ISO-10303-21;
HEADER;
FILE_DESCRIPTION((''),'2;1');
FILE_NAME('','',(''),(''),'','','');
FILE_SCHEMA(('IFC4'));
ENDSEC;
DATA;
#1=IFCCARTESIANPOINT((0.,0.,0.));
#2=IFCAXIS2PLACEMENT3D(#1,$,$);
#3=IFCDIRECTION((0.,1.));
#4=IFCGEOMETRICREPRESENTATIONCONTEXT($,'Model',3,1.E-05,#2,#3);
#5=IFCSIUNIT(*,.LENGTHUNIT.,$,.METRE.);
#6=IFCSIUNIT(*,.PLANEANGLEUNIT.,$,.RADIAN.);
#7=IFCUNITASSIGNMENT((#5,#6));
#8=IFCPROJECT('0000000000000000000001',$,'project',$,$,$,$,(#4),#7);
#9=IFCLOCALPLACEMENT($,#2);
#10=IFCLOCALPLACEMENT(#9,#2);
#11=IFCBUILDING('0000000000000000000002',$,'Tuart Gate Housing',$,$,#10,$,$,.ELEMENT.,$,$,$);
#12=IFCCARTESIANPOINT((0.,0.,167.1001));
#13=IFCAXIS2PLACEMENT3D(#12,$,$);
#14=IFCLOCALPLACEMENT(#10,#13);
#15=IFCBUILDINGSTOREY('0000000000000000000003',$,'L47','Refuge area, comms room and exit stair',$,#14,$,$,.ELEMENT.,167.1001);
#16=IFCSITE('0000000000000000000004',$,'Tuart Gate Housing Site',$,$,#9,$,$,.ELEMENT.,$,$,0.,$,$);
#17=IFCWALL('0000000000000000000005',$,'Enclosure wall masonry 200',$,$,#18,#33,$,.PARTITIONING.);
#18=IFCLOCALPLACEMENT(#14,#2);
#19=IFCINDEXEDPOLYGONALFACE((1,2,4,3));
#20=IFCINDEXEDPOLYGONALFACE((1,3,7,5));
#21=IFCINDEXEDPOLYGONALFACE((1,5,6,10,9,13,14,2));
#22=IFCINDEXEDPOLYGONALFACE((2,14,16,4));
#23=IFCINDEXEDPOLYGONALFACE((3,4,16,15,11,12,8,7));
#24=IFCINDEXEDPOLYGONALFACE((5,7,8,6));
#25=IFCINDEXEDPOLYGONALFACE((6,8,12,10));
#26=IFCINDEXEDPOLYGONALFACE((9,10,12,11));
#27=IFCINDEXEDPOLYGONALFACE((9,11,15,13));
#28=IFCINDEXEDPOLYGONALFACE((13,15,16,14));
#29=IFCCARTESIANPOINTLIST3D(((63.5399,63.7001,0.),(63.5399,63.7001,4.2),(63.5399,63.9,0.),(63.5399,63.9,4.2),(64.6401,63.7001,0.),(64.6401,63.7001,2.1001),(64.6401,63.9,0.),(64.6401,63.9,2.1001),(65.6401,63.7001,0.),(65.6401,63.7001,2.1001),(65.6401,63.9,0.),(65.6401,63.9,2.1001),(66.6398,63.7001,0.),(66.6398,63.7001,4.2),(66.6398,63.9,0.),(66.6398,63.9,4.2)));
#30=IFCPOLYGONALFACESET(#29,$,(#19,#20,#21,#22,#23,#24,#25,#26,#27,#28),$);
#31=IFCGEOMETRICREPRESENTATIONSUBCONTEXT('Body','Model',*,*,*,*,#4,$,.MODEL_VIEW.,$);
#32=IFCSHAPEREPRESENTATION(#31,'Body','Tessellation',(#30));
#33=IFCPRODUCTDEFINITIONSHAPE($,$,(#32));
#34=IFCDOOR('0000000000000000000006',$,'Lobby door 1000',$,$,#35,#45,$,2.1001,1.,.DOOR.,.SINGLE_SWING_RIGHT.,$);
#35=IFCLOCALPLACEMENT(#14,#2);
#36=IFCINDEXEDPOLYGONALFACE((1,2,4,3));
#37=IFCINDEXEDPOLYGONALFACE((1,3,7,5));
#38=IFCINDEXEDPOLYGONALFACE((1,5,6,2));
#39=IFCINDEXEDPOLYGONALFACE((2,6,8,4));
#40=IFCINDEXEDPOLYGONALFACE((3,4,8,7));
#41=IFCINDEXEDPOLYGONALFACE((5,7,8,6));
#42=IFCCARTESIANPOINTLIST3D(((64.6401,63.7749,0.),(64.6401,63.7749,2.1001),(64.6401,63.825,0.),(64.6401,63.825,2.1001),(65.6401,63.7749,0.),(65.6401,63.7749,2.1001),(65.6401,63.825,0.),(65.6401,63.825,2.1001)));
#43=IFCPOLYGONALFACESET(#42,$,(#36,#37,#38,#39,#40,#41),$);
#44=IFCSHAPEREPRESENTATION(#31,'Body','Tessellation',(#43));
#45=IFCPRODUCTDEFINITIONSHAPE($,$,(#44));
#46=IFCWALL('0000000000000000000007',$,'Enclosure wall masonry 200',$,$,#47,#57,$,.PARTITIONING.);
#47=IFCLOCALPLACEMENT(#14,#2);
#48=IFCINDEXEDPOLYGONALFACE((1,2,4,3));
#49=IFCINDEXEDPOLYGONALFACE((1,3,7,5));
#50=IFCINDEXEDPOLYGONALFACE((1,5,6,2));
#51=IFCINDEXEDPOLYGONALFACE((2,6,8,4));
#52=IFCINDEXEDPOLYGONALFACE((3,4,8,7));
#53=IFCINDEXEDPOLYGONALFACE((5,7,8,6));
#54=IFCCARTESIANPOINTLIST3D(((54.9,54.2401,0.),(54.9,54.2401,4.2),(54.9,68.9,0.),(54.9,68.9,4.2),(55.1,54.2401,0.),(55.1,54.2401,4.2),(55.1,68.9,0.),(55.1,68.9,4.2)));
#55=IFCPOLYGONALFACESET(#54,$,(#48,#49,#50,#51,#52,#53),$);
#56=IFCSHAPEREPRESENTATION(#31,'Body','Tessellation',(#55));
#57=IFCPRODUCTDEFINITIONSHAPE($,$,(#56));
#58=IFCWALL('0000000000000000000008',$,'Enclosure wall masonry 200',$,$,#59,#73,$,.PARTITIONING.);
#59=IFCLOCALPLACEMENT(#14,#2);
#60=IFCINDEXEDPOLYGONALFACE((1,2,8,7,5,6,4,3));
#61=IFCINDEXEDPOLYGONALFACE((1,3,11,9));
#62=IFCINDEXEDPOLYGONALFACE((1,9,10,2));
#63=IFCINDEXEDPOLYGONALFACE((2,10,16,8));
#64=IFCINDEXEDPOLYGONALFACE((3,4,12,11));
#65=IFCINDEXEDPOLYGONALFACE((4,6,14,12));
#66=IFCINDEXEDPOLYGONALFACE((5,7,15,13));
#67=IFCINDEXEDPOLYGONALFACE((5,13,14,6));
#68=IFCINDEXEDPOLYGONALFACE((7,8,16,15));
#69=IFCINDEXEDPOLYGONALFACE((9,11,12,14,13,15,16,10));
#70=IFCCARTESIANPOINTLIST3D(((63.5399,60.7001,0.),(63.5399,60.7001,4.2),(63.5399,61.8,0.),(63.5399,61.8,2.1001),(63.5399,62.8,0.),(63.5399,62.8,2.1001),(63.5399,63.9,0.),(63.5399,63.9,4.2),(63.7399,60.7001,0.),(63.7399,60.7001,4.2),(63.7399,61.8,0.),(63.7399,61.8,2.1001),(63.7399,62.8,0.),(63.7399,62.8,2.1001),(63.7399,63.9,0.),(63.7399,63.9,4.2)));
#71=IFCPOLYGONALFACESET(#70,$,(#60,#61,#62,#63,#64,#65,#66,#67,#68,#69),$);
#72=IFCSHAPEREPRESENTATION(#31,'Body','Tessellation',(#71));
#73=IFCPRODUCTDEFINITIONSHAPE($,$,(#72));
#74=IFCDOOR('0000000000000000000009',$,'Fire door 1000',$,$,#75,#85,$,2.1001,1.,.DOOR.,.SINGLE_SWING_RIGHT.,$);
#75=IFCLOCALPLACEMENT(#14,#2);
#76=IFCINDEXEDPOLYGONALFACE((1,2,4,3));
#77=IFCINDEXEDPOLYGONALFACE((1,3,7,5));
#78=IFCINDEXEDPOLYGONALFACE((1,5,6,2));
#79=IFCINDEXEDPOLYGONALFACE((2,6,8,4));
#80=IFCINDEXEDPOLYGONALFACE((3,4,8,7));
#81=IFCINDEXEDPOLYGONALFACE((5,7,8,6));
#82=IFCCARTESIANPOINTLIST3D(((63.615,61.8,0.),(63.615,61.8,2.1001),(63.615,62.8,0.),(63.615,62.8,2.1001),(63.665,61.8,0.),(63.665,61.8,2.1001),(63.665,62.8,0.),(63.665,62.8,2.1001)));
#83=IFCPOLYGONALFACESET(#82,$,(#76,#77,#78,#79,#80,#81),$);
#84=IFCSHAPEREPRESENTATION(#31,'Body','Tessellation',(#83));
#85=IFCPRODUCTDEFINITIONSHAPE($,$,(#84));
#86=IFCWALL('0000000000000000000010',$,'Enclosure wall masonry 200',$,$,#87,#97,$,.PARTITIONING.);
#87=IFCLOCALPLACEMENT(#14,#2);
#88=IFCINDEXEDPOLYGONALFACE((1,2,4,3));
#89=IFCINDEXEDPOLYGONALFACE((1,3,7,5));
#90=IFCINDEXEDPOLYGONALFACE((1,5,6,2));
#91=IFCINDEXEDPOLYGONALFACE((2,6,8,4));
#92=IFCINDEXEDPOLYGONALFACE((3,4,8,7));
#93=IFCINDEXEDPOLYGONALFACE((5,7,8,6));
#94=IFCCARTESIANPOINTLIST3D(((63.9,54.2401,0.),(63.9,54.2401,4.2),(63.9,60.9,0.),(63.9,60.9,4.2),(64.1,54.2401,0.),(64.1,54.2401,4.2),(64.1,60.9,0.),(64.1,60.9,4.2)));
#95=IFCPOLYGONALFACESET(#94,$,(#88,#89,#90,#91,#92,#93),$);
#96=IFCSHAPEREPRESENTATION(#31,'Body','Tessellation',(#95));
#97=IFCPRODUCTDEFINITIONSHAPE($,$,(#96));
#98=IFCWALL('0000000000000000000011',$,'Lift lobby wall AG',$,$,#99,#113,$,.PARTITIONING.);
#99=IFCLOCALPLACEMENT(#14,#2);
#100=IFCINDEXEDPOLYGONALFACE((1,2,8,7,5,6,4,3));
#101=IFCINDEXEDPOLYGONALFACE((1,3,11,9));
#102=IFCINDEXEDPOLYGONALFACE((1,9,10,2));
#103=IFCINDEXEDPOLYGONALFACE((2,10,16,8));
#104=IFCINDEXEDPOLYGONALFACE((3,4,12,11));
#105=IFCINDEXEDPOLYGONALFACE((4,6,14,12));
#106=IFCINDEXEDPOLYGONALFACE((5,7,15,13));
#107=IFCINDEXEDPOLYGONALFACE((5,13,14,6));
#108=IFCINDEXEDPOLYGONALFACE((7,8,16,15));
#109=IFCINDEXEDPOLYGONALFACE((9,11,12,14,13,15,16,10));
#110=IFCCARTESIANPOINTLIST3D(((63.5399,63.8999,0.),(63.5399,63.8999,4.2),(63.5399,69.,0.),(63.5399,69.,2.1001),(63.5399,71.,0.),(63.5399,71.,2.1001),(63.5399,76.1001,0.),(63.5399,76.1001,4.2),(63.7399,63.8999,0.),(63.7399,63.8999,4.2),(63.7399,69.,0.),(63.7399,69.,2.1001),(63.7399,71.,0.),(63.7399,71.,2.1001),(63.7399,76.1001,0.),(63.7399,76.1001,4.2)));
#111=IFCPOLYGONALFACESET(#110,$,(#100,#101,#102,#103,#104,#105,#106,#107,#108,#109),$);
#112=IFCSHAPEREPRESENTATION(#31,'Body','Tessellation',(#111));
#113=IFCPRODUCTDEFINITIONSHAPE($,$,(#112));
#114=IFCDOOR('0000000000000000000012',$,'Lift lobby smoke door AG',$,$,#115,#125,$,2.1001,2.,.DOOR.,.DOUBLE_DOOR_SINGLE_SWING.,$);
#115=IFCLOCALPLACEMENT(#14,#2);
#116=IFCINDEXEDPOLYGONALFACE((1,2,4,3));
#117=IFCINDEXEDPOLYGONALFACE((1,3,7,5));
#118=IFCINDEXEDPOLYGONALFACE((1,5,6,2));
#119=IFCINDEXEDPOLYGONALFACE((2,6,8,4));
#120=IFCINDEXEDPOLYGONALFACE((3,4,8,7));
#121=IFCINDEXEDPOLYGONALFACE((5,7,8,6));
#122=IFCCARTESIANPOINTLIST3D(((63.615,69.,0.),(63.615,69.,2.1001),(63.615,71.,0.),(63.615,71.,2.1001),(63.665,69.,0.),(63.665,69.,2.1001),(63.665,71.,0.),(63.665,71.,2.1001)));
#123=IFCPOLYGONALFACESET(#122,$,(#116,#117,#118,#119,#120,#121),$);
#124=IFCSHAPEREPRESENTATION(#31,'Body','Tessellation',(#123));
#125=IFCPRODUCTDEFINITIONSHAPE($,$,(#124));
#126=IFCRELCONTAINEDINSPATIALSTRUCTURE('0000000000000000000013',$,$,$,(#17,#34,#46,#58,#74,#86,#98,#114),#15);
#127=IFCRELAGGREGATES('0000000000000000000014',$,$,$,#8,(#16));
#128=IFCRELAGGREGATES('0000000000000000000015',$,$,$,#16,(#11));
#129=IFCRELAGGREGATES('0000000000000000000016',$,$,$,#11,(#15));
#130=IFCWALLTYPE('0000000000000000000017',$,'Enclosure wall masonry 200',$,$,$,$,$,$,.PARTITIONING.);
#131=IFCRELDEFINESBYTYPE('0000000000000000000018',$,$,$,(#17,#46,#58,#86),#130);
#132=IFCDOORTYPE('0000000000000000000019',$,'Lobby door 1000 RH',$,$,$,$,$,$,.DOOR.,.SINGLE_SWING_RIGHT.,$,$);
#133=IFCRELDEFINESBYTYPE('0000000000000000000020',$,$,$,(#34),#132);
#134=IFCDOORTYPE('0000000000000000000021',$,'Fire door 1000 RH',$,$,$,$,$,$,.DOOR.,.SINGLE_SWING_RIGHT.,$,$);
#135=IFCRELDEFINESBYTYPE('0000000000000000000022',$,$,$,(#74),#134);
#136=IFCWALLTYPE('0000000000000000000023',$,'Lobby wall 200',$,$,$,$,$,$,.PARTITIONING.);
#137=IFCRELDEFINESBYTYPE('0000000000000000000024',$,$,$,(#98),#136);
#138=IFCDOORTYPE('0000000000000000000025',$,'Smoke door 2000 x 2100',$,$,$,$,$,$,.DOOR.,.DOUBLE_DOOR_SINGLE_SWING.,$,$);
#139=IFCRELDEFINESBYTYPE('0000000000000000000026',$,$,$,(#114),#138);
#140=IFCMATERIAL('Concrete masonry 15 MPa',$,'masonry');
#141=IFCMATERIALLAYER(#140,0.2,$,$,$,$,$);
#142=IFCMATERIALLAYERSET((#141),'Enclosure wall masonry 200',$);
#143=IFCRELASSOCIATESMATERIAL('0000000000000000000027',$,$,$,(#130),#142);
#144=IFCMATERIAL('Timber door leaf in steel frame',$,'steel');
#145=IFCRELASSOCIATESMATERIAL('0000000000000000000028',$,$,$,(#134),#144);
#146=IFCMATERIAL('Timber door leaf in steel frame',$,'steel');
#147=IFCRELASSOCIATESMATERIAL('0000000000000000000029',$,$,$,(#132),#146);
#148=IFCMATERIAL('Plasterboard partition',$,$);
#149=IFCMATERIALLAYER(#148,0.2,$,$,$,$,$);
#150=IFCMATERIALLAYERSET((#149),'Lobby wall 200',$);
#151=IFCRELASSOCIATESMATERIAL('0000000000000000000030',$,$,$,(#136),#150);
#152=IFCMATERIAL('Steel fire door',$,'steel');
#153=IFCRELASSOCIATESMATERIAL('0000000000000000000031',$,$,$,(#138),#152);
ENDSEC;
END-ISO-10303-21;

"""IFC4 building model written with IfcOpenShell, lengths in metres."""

from ifc_helpers import new_model, si_unit, direction, frame, frame_2d, origin, place, context, subcontext, project, spatial, rectangle, extrude, material, layer, layer_set, type_object, element, fill, save


model = new_model("IFC4")

# Units and contexts
model_context = context("Model", 3, precision=1e-05, world=origin(), true_north=direction((0.0, 1.0)))
body_context = subcontext(model_context, "Body", "Model", "MODEL_VIEW")
ifc_project = project(units=[si_unit("LENGTHUNIT", "METRE"), si_unit("PLANEANGLEUNIT", "RADIAN")], contexts=[model_context])

# Site, building, storey
site_placement = place(None, origin())
site = spatial("IfcSite", under=ifc_project, at=site_placement, Name="Tuart Gate Housing Site", CompositionType="ELEMENT", RefElevation=0.0)
building_placement = place(site_placement, origin())
building = spatial("IfcBuilding", under=site, at=building_placement, Name="Tuart Gate Housing", CompositionType="ELEMENT")
storey_placement = place(building_placement, frame((0.0, 0.0, 167.1001)))
storey = spatial("IfcBuildingStorey", under=building, at=storey_placement, Name="L47", Description="Refuge area, comms room and exit stair", CompositionType="ELEMENT", Elevation=167.1001)

# Shared definitions
ifc_material_1 = material(Name="Concrete masonry 15 MPa", Category="masonry")
ifc_layer_1 = layer(ifc_material_1, 0.2)
ifc_layer_set_1 = layer_set([ifc_layer_1], Name="Enclosure wall masonry 200")
wall_type_1 = type_object("IfcWallType", Name="Enclosure wall masonry 200", PredefinedType="PARTITIONING", material=ifc_layer_set_1)
ifc_material_2 = material(Name="Timber door leaf in steel frame", Category="steel")
door_type_1 = type_object("IfcDoorType", Name="Fire door 1000 RH", OperationType="SINGLE_SWING_RIGHT", PredefinedType="DOOR", material=ifc_material_2)

# Wall, opening, door
wall_1_placement = place(storey_placement, frame((63.54, 63.8, 0.0), z_axis=(0.0, 0.0, 1.0), x_axis=(1.0, 0.0, 0.0)))
wall_1 = element("IfcWall", 1, at=wall_1_placement, inside=storey, type_object=wall_type_1, Name="Enclosure wall masonry 200", PredefinedType="PARTITIONING", context=body_context, shape_type="SweptSolid", body=[
    extrude(rectangle(XDim=3.0999, YDim=0.2, at=frame_2d((1.5498, 0.0))), origin(), (0.0, 0.0, 1.0), 4.2),
])
opening_1_placement = place(wall_1_placement, frame((1.1001, 0.0, 0.0)))
opening_1 = element("IfcOpeningElement", 2, at=opening_1_placement, cuts=wall_1, PredefinedType="OPENING", context=body_context, shape_type="SweptSolid", body=[
    extrude(rectangle(XDim=1.0, YDim=2.1001, at=frame_2d((0.5, 1.05))), frame((0.0, 0.1099, 0.0), z_axis=(0.0, -1.0, 0.0), x_axis=(1.0, 0.0, 0.0)), (0.0, 0.0, 1.0), 0.22),
])
ifc_material_3 = material(Name="Timber door leaf in steel frame", Category="steel")
door_type_2 = type_object("IfcDoorType", Name="Lobby door 1000 RH", OperationType="SINGLE_SWING_RIGHT", PredefinedType="DOOR", material=ifc_material_3)
door_1_placement = place(opening_1_placement, frame((1.0, 0.0, 0.0), z_axis=(0.0, 0.0, 1.0), x_axis=(-1.0, 0.0, 0.0)))
door_1 = element("IfcDoor", 3, at=door_1_placement, inside=storey, type_object=door_type_2, Name="Lobby door 1000", OperationType="SINGLE_SWING_RIGHT", OverallHeight=2.1001, OverallWidth=1.0, PredefinedType="DOOR", context=body_context, shape_type="SweptSolid", body=[
    extrude(rectangle(XDim=1.0, YDim=2.1001, at=frame_2d((0.5, 1.05))), frame((0.0, 0.0251, 0.0), z_axis=(0.0, -1.0, 0.0), x_axis=(1.0, 0.0, 0.0)), (0.0, 0.0, 1.0), 0.05),
])
fill(opening_1, door_1)

# Wall
wall_2_placement = place(storey_placement, frame((55.0, 54.24, 0.0), z_axis=(0.0, 0.0, 1.0), x_axis=(0.0, 1.0, 0.0)))
element("IfcWall", 4, at=wall_2_placement, inside=storey, type_object=wall_type_1, Name="Enclosure wall masonry 200", PredefinedType="PARTITIONING", context=body_context, shape_type="SweptSolid", body=[
    extrude(rectangle(XDim=14.6599, YDim=0.2, at=frame_2d((7.3301, 0.0))), origin(), (0.0, 0.0, 1.0), 4.2),
])

# Wall, opening, door
wall_3_placement = place(storey_placement, frame((63.6399, 60.7, 0.0), z_axis=(0.0, 0.0, 1.0), x_axis=(0.0, 1.0, 0.0)))
wall_3 = element("IfcWall", 5, at=wall_3_placement, inside=storey, type_object=wall_type_1, Name="Enclosure wall masonry 200", PredefinedType="PARTITIONING", context=body_context, shape_type="SweptSolid", body=[
    extrude(rectangle(XDim=3.2, YDim=0.2, at=frame_2d((1.6001, 0.0))), origin(), (0.0, 0.0, 1.0), 4.2),
])
opening_2_placement = place(wall_3_placement, frame((1.1001, 0.0, 0.0)))
opening_2 = element("IfcOpeningElement", 6, at=opening_2_placement, cuts=wall_3, PredefinedType="OPENING", context=body_context, shape_type="SweptSolid", body=[
    extrude(rectangle(XDim=1.0, YDim=2.1001, at=frame_2d((0.5, 1.05))), frame((0.0, 0.1099, 0.0), z_axis=(0.0, -1.0, 0.0), x_axis=(1.0, 0.0, 0.0)), (0.0, 0.0, 1.0), 0.22),
])
door_2_placement = place(opening_2_placement, origin())
door_2 = element("IfcDoor", 7, at=door_2_placement, inside=storey, type_object=door_type_1, Name="Fire door 1000", OperationType="SINGLE_SWING_RIGHT", OverallHeight=2.1001, OverallWidth=1.0, PredefinedType="DOOR", context=body_context, shape_type="SweptSolid", body=[
    extrude(rectangle(XDim=1.0, YDim=2.1001, at=frame_2d((0.5, 1.05))), frame((0.0, 0.0249, 0.0), z_axis=(0.0, -1.0, 0.0), x_axis=(1.0, 0.0, 0.0)), (0.0, 0.0, 1.0), 0.05),
])
fill(opening_2, door_2)

# Wall
wall_4_placement = place(storey_placement, frame((64.0, 54.24, 0.0), z_axis=(0.0, 0.0, 1.0), x_axis=(0.0, 1.0, 0.0)))
element("IfcWall", 8, at=wall_4_placement, inside=storey, type_object=wall_type_1, Name="Enclosure wall masonry 200", PredefinedType="PARTITIONING", context=body_context, shape_type="SweptSolid", body=[
    extrude(rectangle(XDim=6.6599, YDim=0.2, at=frame_2d((3.3301, 0.0))), origin(), (0.0, 0.0, 1.0), 4.2),
])

# Wall, opening, door
ifc_material_4 = material(Name="Plasterboard partition")
ifc_layer_2 = layer(ifc_material_4, 0.2)
ifc_layer_set_2 = layer_set([ifc_layer_2], Name="Lobby wall 200")
wall_type_2 = type_object("IfcWallType", Name="Lobby wall 200", PredefinedType="PARTITIONING", material=ifc_layer_set_2)
wall_5_placement = place(storey_placement, frame((63.6399, 63.8999, 0.0), z_axis=(0.0, 0.0, 1.0), x_axis=(0.0, 1.0, 0.0)))
wall_5 = element("IfcWall", 9, at=wall_5_placement, inside=storey, type_object=wall_type_2, Name="Lift lobby wall AG", PredefinedType="PARTITIONING", context=body_context, shape_type="SweptSolid", body=[
    extrude(rectangle(XDim=12.2002, YDim=0.2, at=frame_2d((6.1001, 0.0))), origin(), (0.0, 0.0, 1.0), 4.2),
])
opening_3_placement = place(wall_5_placement, frame((5.1001, 0.0, 0.0)))
opening_3 = element("IfcOpeningElement", 10, at=opening_3_placement, cuts=wall_5, PredefinedType="OPENING", context=body_context, shape_type="SweptSolid", body=[
    extrude(rectangle(XDim=2.0, YDim=2.1001, at=frame_2d((1.0, 1.05))), frame((0.0, 0.1099, 0.0), z_axis=(0.0, -1.0, 0.0), x_axis=(1.0, 0.0, 0.0)), (0.0, 0.0, 1.0), 0.22),
])
ifc_material_5 = material(Name="Steel fire door", Category="steel")
door_type_3 = type_object("IfcDoorType", Name="Smoke door 2000 x 2100", OperationType="DOUBLE_DOOR_SINGLE_SWING", PredefinedType="DOOR", material=ifc_material_5)
door_3_placement = place(opening_3_placement, frame((2.0, 0.0, 0.0), z_axis=(0.0, 0.0, 1.0), x_axis=(-1.0, 0.0, 0.0)))
door_3 = element("IfcDoor", 11, at=door_3_placement, inside=storey, type_object=door_type_3, Name="Lift lobby smoke door AG", OperationType="DOUBLE_DOOR_SINGLE_SWING", OverallHeight=2.1001, OverallWidth=2.0, PredefinedType="DOOR", context=body_context, shape_type="SweptSolid", body=[
    extrude(rectangle(XDim=2.0, YDim=2.1001, at=frame_2d((1.0, 1.05))), frame((0.0, 0.0251, 0.0), z_axis=(0.0, -1.0, 0.0), x_axis=(1.0, 0.0, 0.0)), (0.0, 0.0, 1.0), 0.05),
])
fill(opening_3, door_3)

save(model, "model.ifc")
